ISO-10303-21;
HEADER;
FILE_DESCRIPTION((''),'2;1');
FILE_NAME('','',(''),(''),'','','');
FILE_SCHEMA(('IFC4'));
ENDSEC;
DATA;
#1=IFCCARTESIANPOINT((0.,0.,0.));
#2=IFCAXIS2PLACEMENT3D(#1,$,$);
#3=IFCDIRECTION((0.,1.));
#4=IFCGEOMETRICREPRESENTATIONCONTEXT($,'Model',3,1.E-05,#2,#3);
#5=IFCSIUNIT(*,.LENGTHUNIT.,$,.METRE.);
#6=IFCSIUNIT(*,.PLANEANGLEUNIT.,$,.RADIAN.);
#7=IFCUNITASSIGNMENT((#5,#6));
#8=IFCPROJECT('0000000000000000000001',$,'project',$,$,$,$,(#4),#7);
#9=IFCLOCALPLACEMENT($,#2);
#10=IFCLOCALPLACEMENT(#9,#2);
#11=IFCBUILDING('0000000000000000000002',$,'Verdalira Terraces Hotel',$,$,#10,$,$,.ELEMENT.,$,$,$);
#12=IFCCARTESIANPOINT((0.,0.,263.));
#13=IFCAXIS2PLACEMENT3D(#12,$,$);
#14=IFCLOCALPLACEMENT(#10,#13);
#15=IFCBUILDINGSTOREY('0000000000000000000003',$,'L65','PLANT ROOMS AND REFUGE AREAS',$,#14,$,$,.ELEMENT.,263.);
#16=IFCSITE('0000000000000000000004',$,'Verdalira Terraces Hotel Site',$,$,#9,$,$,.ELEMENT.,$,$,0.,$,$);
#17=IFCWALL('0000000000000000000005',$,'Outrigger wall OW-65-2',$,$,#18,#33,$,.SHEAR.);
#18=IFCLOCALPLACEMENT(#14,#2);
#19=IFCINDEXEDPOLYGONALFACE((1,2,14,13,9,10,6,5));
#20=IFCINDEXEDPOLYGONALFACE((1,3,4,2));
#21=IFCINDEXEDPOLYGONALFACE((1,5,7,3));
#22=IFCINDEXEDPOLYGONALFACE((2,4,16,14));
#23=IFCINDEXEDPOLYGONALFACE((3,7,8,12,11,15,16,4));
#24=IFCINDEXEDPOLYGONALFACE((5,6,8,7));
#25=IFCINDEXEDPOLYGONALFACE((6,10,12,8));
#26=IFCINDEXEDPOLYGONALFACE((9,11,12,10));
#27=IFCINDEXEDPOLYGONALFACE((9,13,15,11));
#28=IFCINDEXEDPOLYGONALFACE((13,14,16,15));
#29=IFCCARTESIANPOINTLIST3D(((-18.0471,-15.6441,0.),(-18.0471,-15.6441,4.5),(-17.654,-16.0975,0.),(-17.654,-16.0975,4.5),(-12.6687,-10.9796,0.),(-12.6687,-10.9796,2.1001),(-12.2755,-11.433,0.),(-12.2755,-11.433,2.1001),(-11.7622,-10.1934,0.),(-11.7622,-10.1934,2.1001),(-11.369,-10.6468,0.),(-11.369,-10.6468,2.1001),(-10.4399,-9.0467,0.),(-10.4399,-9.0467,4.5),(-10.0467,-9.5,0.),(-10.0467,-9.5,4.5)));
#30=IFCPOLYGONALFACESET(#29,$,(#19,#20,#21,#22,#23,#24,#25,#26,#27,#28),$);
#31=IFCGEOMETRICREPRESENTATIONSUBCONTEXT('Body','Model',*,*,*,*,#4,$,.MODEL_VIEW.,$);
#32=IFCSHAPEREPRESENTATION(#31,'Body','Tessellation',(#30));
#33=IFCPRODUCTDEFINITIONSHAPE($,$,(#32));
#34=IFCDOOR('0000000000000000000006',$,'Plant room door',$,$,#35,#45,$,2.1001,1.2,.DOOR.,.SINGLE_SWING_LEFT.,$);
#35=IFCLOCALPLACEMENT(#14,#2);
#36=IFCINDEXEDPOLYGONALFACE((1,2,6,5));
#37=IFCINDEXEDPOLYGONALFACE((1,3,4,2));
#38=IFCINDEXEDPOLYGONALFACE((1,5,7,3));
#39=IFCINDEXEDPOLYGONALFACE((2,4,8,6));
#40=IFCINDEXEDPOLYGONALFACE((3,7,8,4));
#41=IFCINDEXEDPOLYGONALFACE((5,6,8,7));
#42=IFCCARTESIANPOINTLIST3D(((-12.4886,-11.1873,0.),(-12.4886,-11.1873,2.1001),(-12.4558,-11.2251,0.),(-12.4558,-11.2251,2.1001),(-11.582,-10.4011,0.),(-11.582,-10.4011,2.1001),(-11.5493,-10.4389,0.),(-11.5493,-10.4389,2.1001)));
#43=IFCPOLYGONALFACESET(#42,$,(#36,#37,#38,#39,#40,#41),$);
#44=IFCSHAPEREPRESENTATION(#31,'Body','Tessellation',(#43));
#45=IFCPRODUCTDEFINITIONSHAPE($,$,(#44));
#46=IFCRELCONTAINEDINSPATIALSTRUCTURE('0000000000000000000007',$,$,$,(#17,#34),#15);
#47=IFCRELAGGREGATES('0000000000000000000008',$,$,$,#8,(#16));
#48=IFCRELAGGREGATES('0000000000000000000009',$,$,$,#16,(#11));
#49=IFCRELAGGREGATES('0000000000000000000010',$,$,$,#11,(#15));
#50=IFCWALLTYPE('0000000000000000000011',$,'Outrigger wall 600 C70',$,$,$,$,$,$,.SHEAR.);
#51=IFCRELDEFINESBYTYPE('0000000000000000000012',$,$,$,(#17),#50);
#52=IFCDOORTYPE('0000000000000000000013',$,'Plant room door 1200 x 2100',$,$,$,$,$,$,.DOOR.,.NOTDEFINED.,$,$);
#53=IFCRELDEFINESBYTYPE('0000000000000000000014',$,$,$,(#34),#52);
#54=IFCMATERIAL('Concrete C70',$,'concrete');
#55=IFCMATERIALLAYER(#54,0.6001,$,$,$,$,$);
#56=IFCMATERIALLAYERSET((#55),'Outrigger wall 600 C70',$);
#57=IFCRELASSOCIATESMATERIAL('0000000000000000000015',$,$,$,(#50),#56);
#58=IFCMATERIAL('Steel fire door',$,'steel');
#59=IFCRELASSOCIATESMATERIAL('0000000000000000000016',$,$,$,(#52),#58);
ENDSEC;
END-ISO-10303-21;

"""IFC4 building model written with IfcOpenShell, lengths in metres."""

from ifc_helpers import new_model, si_unit, direction, frame, frame_2d, origin, place, context, subcontext, project, spatial, rectangle, extrude, material, layer, layer_set, type_object, element, fill, save


model = new_model("IFC4")

# Units and contexts
model_context = context("Model", 3, precision=1e-05, world=origin(), true_north=direction((0.0, 1.0)))
body_context = subcontext(model_context, "Body", "Model", "MODEL_VIEW")
ifc_project = project(units=[si_unit("LENGTHUNIT", "METRE"), si_unit("PLANEANGLEUNIT", "RADIAN")], contexts=[model_context])

# Site, building, storey
site_placement = place(None, origin())
site = spatial("IfcSite", under=ifc_project, at=site_placement, Name="Verdalira Terraces Hotel Site", CompositionType="ELEMENT", RefElevation=0.0)
building_placement = place(site_placement, origin())
building = spatial("IfcBuilding", under=site, at=building_placement, Name="Verdalira Terraces Hotel", CompositionType="ELEMENT")
storey_placement = place(building_placement, frame((0.0, 0.0, 263.0)))
storey = spatial("IfcBuildingStorey", under=building, at=storey_placement, Name="L65", Description="PLANT ROOMS AND REFUGE AREAS", CompositionType="ELEMENT", Elevation=263.0)

# Wall, opening, door
ifc_material_1 = material(Name="Concrete C70", Category="concrete")
ifc_layer_1 = layer(ifc_material_1, 0.6001)
ifc_layer_set_1 = layer_set([ifc_layer_1], Name="Outrigger wall 600 C70")
wall_type_1 = type_object("IfcWallType", Name="Outrigger wall 600 C70", PredefinedType="SHEAR", material=ifc_layer_set_1)
ifc_material_2 = material(Name="Steel fire door", Category="steel")
door_type_1 = type_object("IfcDoorType", Name="Plant room door 1200 x 2100", OperationType="NOTDEFINED", PredefinedType="DOOR", material=ifc_material_2)
wall_1_placement = place(storey_placement, frame((-10.2434, -9.2734, 0.0), z_axis=(0.0, 0.0, 1.0), x_axis=(-0.755467, -0.655187, 0.0)))
wall_1 = element("IfcWall", 1, at=wall_1_placement, inside=storey, type_object=wall_type_1, Name="Outrigger wall OW-65-2", PredefinedType="SHEAR", context=body_context, shape_type="SweptSolid", body=[
    extrude(rectangle(XDim=10.0696, YDim=0.6001, at=frame_2d((5.0347, 0.0))), origin(), (0.0, 0.0, 1.0), 4.5),
])
opening_1_placement = place(wall_1_placement, frame((1.75, 0.0, 0.0)))
opening_1 = element("IfcOpeningElement", 2, at=opening_1_placement, cuts=wall_1, PredefinedType="OPENING", context=body_context, shape_type="SweptSolid", body=[
    extrude(rectangle(XDim=1.2, YDim=2.1001, at=frame_2d((0.6001, 1.05))), frame((0.0, 0.3101, 0.0), z_axis=(0.0, -1.0, 0.0), x_axis=(1.0, 0.0, 0.0)), (0.0, 0.0, 1.0), 0.6201),
])
door_1_placement = place(opening_1_placement, origin())
door_1 = element("IfcDoor", 3, at=door_1_placement, inside=storey, type_object=door_type_1, Name="Plant room door", OperationType="SINGLE_SWING_LEFT", OverallHeight=2.1001, OverallWidth=1.2, PredefinedType="DOOR", context=body_context, shape_type="SweptSolid", body=[
    extrude(rectangle(XDim=1.2, YDim=2.1001, at=frame_2d((0.6001, 1.05))), frame((0.0, 0.0249, 0.0), z_axis=(0.0, -1.0, 0.0), x_axis=(1.0, 0.0, 0.0)), (0.0, 0.0, 1.0), 0.05),
])
fill(opening_1, door_1)

save(model, "model.ifc")
